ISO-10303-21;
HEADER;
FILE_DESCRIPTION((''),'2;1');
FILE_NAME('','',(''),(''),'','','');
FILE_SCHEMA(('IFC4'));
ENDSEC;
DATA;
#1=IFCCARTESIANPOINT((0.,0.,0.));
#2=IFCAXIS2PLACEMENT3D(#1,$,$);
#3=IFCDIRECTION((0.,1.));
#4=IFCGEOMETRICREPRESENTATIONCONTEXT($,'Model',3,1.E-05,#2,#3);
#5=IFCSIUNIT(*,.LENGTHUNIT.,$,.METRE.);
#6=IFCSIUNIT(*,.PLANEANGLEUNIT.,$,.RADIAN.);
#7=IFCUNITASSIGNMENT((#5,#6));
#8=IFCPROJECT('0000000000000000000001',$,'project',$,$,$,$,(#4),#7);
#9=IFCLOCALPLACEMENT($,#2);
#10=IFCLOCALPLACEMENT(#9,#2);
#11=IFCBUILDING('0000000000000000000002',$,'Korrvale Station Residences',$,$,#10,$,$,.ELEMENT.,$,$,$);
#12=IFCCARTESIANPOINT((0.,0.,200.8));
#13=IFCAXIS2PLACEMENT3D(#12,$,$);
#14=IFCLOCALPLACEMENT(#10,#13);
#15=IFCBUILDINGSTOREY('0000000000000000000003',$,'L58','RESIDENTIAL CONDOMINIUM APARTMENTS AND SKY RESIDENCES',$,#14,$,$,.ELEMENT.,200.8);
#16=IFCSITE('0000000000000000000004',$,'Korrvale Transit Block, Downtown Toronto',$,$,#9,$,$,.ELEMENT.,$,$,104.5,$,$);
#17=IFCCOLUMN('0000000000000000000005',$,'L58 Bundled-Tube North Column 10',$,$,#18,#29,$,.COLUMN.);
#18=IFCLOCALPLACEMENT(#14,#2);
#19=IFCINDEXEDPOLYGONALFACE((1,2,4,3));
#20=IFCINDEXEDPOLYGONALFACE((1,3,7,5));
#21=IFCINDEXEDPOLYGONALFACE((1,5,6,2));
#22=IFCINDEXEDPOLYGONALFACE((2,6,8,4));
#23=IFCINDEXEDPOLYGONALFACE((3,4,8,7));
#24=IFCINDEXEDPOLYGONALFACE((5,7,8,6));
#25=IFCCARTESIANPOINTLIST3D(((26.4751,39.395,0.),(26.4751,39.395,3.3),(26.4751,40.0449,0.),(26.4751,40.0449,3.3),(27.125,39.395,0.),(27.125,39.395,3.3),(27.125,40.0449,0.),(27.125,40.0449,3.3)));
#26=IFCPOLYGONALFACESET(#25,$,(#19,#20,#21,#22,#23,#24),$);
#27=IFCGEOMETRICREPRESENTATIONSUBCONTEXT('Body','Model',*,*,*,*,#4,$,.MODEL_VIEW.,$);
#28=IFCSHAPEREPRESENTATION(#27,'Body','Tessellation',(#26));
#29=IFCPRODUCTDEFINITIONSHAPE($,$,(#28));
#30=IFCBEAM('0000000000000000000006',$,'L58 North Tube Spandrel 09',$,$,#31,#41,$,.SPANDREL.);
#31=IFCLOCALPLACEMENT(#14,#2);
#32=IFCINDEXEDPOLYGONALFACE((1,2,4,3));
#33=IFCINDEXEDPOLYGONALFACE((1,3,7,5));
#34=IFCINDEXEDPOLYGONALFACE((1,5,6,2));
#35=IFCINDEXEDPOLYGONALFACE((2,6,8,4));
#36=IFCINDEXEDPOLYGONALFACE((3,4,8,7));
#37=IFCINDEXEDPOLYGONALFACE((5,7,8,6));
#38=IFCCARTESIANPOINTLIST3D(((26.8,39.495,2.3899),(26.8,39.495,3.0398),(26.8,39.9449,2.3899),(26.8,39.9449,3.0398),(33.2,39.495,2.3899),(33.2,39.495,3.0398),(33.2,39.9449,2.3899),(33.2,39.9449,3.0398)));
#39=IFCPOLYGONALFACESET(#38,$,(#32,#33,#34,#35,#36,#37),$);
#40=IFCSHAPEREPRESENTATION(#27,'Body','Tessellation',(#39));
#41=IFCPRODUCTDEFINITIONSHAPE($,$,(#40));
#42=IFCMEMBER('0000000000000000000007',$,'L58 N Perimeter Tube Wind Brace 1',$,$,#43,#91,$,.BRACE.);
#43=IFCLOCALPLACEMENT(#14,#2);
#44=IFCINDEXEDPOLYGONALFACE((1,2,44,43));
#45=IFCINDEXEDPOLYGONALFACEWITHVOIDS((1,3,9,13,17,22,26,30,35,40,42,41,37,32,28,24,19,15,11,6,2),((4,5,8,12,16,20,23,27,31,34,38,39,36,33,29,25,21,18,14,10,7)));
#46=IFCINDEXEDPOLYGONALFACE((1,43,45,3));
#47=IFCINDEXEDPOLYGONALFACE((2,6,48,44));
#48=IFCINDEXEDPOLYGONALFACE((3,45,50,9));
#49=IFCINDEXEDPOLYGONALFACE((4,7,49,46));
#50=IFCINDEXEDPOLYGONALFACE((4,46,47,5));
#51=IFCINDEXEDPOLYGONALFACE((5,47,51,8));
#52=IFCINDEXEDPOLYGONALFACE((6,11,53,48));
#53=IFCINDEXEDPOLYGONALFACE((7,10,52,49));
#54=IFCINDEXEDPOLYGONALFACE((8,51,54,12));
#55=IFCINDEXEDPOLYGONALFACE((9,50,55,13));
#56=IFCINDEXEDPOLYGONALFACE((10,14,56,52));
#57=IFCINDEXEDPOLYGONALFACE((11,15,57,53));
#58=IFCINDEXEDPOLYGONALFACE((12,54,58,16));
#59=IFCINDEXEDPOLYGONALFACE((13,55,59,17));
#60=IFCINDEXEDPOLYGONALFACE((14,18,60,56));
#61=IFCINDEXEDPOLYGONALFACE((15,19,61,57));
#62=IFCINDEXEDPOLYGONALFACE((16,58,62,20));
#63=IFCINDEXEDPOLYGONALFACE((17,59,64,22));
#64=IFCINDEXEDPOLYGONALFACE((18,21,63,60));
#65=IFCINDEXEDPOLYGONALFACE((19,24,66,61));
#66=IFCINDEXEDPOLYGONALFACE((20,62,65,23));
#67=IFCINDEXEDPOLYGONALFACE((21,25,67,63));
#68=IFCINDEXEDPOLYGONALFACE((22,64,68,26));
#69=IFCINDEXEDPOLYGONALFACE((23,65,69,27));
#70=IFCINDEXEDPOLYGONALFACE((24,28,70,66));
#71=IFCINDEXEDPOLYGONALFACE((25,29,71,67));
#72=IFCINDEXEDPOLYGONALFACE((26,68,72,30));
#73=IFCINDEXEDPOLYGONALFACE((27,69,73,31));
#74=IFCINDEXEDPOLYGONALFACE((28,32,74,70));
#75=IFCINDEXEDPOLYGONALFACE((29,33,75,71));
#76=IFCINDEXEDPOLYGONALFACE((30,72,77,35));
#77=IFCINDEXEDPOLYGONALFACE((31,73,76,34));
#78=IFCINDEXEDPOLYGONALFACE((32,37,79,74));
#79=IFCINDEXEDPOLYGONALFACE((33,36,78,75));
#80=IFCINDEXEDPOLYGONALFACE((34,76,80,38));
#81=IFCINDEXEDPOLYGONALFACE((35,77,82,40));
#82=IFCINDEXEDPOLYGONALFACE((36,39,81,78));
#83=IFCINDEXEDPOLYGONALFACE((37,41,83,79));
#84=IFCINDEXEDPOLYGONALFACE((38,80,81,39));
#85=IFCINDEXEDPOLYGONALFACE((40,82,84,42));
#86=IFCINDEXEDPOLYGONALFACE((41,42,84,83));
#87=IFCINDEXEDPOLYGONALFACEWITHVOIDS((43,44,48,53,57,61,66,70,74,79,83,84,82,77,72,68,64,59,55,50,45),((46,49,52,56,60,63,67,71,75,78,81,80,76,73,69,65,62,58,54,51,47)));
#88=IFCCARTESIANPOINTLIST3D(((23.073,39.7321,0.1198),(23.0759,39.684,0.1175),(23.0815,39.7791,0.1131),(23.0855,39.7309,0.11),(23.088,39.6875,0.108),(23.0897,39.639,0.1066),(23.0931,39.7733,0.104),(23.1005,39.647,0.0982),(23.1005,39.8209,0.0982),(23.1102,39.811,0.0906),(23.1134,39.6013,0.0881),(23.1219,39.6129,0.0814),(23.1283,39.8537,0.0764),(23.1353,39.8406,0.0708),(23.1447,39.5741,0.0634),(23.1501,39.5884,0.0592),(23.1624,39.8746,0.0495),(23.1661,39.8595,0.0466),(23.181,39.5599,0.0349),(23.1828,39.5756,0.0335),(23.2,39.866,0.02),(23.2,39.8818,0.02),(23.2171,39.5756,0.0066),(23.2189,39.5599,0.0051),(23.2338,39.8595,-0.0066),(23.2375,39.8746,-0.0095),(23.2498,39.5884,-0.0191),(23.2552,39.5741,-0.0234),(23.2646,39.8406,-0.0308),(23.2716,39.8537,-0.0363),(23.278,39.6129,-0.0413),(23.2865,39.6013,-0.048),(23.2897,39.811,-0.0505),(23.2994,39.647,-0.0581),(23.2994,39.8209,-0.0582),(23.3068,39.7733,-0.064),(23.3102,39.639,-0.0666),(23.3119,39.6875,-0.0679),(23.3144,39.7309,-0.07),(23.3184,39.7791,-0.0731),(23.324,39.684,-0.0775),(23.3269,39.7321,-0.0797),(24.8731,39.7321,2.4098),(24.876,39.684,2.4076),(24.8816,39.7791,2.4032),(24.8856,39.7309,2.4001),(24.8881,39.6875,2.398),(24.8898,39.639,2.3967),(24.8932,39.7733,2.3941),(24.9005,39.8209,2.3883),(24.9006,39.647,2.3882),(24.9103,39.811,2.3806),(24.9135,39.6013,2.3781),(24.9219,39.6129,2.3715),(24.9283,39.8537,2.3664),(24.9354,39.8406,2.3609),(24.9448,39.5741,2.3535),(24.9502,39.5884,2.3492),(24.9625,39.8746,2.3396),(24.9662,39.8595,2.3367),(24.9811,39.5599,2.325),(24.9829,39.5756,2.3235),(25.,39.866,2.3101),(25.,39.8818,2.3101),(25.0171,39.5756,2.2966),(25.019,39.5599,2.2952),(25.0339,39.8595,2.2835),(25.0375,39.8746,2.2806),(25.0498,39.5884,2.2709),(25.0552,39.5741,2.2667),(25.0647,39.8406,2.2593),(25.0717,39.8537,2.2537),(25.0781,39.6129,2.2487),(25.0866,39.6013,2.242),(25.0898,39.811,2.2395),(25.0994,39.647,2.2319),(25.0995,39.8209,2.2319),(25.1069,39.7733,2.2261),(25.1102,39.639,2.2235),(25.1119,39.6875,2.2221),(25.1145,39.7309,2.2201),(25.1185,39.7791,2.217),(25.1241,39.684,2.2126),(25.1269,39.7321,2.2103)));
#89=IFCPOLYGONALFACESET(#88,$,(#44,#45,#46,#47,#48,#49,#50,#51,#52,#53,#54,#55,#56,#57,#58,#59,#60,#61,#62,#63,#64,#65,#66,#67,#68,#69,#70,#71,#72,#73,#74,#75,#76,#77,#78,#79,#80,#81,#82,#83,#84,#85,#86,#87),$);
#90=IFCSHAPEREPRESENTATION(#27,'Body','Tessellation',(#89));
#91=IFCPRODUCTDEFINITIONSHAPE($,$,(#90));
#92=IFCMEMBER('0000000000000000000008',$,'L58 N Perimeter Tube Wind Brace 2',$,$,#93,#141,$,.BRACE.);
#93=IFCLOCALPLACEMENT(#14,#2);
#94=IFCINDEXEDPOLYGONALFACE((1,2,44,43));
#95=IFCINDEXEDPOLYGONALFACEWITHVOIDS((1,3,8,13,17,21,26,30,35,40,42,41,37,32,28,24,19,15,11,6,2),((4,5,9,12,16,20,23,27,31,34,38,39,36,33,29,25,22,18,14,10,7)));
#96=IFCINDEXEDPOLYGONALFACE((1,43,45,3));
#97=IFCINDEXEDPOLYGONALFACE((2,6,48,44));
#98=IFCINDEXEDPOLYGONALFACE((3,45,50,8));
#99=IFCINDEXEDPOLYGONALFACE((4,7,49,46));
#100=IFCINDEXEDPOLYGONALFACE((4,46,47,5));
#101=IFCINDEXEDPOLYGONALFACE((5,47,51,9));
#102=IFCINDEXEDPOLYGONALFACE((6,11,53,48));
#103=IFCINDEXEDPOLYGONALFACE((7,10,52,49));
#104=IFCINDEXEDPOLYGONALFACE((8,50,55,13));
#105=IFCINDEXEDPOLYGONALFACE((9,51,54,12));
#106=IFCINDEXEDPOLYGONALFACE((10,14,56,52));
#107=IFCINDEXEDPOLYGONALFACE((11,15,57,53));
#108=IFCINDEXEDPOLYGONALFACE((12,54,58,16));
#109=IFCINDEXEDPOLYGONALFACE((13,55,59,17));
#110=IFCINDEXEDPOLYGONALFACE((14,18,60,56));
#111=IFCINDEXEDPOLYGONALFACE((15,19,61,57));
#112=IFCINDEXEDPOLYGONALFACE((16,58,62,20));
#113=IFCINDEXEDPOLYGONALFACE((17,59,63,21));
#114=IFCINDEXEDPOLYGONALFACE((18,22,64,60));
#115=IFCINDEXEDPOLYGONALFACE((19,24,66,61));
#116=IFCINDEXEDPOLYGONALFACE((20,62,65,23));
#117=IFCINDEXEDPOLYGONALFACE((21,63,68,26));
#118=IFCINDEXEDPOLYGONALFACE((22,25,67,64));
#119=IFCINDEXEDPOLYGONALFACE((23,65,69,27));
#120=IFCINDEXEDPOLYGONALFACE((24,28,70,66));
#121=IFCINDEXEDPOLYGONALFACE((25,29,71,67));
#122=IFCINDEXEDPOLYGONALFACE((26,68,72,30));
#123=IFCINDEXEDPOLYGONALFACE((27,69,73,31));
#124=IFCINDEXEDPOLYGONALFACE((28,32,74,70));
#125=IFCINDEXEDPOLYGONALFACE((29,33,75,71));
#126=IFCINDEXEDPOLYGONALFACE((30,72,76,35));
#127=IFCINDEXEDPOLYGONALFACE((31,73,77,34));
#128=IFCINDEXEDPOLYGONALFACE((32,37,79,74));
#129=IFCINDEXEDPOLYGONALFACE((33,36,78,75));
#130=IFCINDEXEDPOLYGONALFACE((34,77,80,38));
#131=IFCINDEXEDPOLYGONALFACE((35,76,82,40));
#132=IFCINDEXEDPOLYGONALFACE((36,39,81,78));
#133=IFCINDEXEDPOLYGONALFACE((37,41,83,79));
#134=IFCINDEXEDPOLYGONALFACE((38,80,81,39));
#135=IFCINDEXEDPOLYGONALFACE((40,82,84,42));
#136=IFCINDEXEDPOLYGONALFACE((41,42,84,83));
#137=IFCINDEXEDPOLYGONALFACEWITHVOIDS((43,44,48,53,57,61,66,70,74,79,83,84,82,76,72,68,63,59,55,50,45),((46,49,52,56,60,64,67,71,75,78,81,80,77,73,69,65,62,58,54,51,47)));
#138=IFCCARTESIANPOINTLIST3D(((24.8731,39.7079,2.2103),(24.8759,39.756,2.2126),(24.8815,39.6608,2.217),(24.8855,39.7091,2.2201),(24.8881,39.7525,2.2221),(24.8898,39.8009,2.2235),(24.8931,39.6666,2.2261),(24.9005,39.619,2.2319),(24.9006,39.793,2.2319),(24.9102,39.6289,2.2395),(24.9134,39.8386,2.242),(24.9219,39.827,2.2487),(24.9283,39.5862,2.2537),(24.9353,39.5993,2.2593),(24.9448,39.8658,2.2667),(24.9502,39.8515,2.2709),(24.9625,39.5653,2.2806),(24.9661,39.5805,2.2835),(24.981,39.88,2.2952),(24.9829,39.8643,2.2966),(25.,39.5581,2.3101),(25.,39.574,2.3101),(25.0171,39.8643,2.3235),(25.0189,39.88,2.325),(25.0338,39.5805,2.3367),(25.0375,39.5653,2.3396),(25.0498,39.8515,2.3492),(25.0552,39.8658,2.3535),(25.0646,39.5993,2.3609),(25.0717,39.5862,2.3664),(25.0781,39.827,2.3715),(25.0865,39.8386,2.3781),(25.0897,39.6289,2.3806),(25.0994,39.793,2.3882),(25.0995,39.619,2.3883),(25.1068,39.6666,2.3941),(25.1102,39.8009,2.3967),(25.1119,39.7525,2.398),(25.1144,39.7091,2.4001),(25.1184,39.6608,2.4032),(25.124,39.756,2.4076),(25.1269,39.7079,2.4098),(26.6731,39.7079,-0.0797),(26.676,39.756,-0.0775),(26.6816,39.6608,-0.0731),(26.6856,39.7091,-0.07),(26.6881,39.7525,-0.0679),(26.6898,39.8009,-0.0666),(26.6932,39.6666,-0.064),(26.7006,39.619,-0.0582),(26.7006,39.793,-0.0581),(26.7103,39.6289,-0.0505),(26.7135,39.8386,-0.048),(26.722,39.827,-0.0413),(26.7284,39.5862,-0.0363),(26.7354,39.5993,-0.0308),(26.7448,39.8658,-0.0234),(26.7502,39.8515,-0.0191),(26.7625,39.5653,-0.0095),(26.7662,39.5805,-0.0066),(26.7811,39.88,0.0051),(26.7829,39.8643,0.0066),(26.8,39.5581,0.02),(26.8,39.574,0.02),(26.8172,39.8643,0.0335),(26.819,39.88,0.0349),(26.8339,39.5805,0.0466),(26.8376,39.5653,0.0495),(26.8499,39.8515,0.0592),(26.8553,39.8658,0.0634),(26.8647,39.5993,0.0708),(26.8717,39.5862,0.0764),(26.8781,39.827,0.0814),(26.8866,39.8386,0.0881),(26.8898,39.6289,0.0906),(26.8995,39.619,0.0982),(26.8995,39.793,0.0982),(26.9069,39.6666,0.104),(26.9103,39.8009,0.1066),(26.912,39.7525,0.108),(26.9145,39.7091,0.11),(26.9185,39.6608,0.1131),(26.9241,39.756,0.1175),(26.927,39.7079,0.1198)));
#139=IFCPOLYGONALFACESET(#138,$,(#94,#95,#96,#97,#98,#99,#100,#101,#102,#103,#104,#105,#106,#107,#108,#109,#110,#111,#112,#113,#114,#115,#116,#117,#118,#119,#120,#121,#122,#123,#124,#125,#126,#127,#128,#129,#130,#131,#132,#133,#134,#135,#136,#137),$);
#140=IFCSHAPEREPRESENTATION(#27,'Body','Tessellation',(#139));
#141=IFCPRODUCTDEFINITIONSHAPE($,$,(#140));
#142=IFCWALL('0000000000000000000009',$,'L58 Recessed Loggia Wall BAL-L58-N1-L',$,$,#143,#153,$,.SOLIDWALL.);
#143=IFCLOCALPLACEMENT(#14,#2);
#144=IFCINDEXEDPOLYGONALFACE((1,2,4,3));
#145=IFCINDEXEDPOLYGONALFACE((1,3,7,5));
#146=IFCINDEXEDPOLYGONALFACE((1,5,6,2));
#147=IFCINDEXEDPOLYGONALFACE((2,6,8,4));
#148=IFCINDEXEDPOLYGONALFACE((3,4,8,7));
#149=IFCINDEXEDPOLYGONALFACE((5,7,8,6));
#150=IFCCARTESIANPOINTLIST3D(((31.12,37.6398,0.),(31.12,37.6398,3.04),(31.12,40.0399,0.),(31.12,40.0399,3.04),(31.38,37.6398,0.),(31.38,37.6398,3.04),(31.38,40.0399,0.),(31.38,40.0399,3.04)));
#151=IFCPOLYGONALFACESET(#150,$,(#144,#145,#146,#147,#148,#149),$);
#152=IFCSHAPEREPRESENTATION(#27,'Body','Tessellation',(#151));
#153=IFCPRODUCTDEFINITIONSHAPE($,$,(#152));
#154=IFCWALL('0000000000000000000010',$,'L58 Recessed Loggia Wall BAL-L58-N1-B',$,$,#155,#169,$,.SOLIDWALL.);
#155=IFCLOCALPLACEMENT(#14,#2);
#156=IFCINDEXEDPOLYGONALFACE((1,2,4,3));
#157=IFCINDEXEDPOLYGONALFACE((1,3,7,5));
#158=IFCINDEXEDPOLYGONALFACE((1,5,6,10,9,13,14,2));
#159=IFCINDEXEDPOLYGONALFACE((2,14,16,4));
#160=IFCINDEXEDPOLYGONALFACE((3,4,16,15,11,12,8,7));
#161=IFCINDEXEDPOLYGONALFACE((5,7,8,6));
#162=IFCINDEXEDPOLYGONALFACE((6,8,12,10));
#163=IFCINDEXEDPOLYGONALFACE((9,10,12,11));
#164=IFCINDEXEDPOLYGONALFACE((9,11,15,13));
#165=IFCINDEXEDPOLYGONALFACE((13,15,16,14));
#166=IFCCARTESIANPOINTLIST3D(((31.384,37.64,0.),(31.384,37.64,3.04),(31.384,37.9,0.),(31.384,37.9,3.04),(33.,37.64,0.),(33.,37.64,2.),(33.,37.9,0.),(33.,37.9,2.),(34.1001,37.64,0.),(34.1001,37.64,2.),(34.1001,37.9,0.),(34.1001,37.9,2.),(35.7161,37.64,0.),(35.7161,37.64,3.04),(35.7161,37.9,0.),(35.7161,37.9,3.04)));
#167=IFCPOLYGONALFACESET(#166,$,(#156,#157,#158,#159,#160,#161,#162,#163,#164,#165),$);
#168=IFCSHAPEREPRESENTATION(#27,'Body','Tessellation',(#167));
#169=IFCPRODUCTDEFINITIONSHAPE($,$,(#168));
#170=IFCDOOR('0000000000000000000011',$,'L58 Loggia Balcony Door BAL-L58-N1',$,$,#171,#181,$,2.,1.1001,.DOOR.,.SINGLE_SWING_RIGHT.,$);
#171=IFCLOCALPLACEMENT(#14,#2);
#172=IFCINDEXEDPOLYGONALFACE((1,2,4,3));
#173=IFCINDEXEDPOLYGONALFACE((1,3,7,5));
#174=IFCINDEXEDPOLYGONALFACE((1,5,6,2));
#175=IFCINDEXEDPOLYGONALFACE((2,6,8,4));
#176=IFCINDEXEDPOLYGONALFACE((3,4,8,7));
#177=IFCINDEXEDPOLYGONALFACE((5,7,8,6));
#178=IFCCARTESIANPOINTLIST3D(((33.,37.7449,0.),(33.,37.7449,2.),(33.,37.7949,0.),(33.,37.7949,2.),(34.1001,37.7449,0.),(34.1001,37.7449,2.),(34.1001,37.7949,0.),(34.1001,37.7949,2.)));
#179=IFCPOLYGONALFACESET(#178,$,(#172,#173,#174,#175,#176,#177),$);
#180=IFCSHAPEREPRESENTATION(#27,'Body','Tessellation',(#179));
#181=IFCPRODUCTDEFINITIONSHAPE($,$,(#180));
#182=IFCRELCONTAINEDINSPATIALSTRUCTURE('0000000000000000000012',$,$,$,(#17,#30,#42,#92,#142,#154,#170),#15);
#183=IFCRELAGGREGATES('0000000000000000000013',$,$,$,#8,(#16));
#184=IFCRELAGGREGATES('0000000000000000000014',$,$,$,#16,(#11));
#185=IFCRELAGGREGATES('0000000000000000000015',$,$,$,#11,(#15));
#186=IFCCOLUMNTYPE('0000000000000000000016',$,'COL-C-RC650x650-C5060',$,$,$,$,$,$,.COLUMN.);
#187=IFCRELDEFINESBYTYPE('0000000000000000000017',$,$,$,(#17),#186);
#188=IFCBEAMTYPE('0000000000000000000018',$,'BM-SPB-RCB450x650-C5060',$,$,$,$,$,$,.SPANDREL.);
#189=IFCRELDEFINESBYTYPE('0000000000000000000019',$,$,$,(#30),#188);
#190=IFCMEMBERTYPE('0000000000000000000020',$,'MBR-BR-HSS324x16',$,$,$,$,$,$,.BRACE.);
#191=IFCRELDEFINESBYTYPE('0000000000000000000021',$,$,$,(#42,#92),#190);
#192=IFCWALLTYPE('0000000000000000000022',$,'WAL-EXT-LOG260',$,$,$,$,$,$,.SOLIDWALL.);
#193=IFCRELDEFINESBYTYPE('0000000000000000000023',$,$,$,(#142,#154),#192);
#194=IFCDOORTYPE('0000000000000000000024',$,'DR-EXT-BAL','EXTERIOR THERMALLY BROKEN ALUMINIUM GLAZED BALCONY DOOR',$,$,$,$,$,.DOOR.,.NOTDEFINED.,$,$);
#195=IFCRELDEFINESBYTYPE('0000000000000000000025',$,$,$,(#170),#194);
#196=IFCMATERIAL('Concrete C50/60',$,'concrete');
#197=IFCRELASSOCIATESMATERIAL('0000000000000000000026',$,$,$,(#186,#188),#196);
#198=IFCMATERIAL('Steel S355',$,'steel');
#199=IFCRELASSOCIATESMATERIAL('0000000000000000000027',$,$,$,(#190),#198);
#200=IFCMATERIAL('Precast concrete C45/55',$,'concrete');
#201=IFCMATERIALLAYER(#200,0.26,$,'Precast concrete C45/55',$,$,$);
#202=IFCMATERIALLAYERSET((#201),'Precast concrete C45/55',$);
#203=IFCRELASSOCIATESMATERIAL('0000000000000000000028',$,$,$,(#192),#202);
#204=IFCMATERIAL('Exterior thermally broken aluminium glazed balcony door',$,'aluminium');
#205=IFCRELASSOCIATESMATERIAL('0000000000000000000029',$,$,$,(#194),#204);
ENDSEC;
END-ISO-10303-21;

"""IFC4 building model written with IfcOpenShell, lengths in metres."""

from ifc_helpers import new_model, si_unit, direction, frame, frame_2d, origin, origin_2d, place, context, subcontext, project, spatial, rectangle, hollow_circle, extrude, material, layer, layer_set, material_profile, profile_set, type_object, element, fill, save


model = new_model("IFC4")

# Units and contexts
model_context = context("Model", 3, precision=1e-05, world=origin(), true_north=direction((0.0, 1.0)))
body_context = subcontext(model_context, "Body", "Model", "MODEL_VIEW")
ifc_project = project(units=[si_unit("LENGTHUNIT", "METRE"), si_unit("PLANEANGLEUNIT", "RADIAN")], contexts=[model_context])

# Site, building, storey
site_placement = place(None, origin())
site = spatial("IfcSite", under=ifc_project, at=site_placement, Name="Korrvale Transit Block, Downtown Toronto", CompositionType="ELEMENT", RefElevation=104.5)
building_placement = place(site_placement, origin())
building = spatial("IfcBuilding", under=site, at=building_placement, Name="Korrvale Station Residences", CompositionType="ELEMENT")
storey_placement = place(building_placement, frame((0.0, 0.0, 200.8)))
storey = spatial("IfcBuildingStorey", under=building, at=storey_placement, Name="L58", Description="RESIDENTIAL CONDOMINIUM APARTMENTS AND SKY RESIDENCES", CompositionType="ELEMENT", Elevation=200.8)

# Column
ifc_material_1 = material(Name="Concrete C50/60", Category="concrete")
ifc_material_profile_1 = material_profile(ifc_material_1, rectangle(XDim=0.6499, YDim=0.6499, at=origin_2d()), Name="RC650x650")
ifc_profile_set_1 = profile_set([ifc_material_profile_1], Name="Concrete C50/60")
column_type = type_object("IfcColumnType", Name="COL-C-RC650x650-C5060", PredefinedType="COLUMN", material=ifc_profile_set_1)
column_placement = place(storey_placement, frame((26.8, 39.72, 0.0), z_axis=(0.0, 0.0, 1.0), x_axis=(1.0, 0.0, 0.0)))
element("IfcColumn", 1, at=column_placement, inside=storey, type_object=column_type, Name="L58 Bundled-Tube North Column 10", PredefinedType="COLUMN", context=body_context, shape_type="SweptSolid", body=[
    extrude(rectangle(XDim=0.6499, YDim=0.6499, at=origin_2d()), origin(), (0.0, 0.0, 1.0), 3.3),
])

# Beam
ifc_material_profile_2 = material_profile(ifc_material_1, rectangle(XDim=0.45, YDim=0.6499, at=origin_2d()), Name="RCB450x650")
ifc_profile_set_2 = profile_set([ifc_material_profile_2], Name="Concrete C50/60")
beam_type = type_object("IfcBeamType", Name="BM-SPB-RCB450x650-C5060", PredefinedType="SPANDREL", material=ifc_profile_set_2)
beam_placement = place(storey_placement, frame((26.8, 39.72, 2.7148), z_axis=(1.0, 0.0, 0.0), x_axis=(0.0, 1.0, 0.0)))
element("IfcBeam", 2, at=beam_placement, inside=storey, type_object=beam_type, Name="L58 North Tube Spandrel 09", PredefinedType="SPANDREL", context=body_context, shape_type="SweptSolid", body=[
    extrude(rectangle(XDim=0.45, YDim=0.6499, at=origin_2d()), origin(), (0.0, 0.0, 1.0), 6.3999),
])

# Members
ifc_material_2 = material(Name="Steel S355", Category="steel")
ifc_material_profile_3 = material_profile(ifc_material_2, hollow_circle(Radius=0.1619, WallThickness=0.0159, at=origin_2d()), Name="HSS324x16")
ifc_profile_set_3 = profile_set([ifc_material_profile_3], Name="Steel S355")
member_type = type_object("IfcMemberType", Name="MBR-BR-HSS324x16", PredefinedType="BRACE", material=ifc_profile_set_3)
for number, where, z_axis, x_axis, name in (
    (3, (23.2, 39.72, 0.02), (0.617977, 0.0, 0.786196), (0.0, 1.0, 0.0), "L58 N Perimeter Tube Wind Brace 1"),
    (4, (26.8, 39.72, 0.02), (-0.617977, 0.0, 0.786196), (0.0, -1.0, 0.0), "L58 N Perimeter Tube Wind Brace 2"),
):
    element("IfcMember", number, at=place(storey_placement, frame(where, z_axis=z_axis, x_axis=x_axis)), inside=storey, type_object=member_type, Name=name, PredefinedType="BRACE", context=body_context, shape_type="SweptSolid", body=[
        extrude(hollow_circle(Radius=0.1619, WallThickness=0.0159, at=origin_2d()), origin(), (0.0, 0.0, 1.0), 2.9128),
    ])

# Wall
ifc_material_3 = material(Name="Precast concrete C45/55", Category="concrete")
ifc_layer_1 = layer(ifc_material_3, 0.26, Name="Precast concrete C45/55")
ifc_layer_set_1 = layer_set([ifc_layer_1], Name="Precast concrete C45/55")
wall_type_1 = type_object("IfcWallType", Name="WAL-EXT-LOG260", PredefinedType="SOLIDWALL", material=ifc_layer_set_1)
wall_1_placement = place(storey_placement, frame((31.25, 40.04, 0.0), z_axis=(0.0, 0.0, 1.0), x_axis=(0.0, -1.0, 0.0)))
element("IfcWall", 5, at=wall_1_placement, inside=storey, type_object=wall_type_1, Name="L58 Recessed Loggia Wall BAL-L58-N1-L", PredefinedType="SOLIDWALL", context=body_context, shape_type="SweptSolid", body=[
    extrude(rectangle(XDim=2.4001, YDim=0.26, at=frame_2d((1.2002, 0.0))), origin(), (0.0, 0.0, 1.0), 3.04),
])

# Wall, opening, door
wall_2_placement = place(storey_placement, frame((31.384, 37.77, 0.0), z_axis=(0.0, 0.0, 1.0), x_axis=(1.0, 0.0, 0.0)))
wall_2 = element("IfcWall", 6, at=wall_2_placement, inside=storey, type_object=wall_type_1, Name="L58 Recessed Loggia Wall BAL-L58-N1-B", PredefinedType="SOLIDWALL", context=body_context, shape_type="SweptSolid", body=[
    extrude(rectangle(XDim=4.332, YDim=0.26, at=frame_2d((2.166, 0.0))), origin(), (0.0, 0.0, 1.0), 3.04),
])
opening_1_placement = place(wall_2_placement, frame((1.616, 0.0, 0.0)))
opening_1 = element("IfcOpeningElement", 7, at=opening_1_placement, cuts=wall_2, PredefinedType="OPENING", context=body_context, shape_type="SweptSolid", body=[
    extrude(rectangle(XDim=1.1001, YDim=2.0, at=frame_2d((0.55, 1.0))), frame((0.0, 0.1401, 0.0), z_axis=(0.0, -1.0, 0.0), x_axis=(1.0, 0.0, 0.0)), (0.0, 0.0, 1.0), 0.28),
])
ifc_material_4 = material(Name="Exterior thermally broken aluminium glazed balcony door", Category="aluminium")
door_type_1 = type_object("IfcDoorType", Name="DR-EXT-BAL", Description="EXTERIOR THERMALLY BROKEN ALUMINIUM GLAZED BALCONY DOOR", OperationType="NOTDEFINED", PredefinedType="DOOR", material=ifc_material_4)
door_1_placement = place(opening_1_placement, origin())
door_1 = element("IfcDoor", 8, at=door_1_placement, inside=storey, type_object=door_type_1, Name="L58 Loggia Balcony Door BAL-L58-N1", OperationType="SINGLE_SWING_RIGHT", OverallHeight=2.0, OverallWidth=1.1001, PredefinedType="DOOR", context=body_context, shape_type="SweptSolid", body=[
    extrude(rectangle(XDim=1.1001, YDim=2.0, at=frame_2d((0.55, 1.0))), frame((0.0, 0.0249, 0.0), z_axis=(0.0, -1.0, 0.0), x_axis=(1.0, 0.0, 0.0)), (0.0, 0.0, 1.0), 0.05),
])
fill(opening_1, door_1)

save(model, "model.ifc")
